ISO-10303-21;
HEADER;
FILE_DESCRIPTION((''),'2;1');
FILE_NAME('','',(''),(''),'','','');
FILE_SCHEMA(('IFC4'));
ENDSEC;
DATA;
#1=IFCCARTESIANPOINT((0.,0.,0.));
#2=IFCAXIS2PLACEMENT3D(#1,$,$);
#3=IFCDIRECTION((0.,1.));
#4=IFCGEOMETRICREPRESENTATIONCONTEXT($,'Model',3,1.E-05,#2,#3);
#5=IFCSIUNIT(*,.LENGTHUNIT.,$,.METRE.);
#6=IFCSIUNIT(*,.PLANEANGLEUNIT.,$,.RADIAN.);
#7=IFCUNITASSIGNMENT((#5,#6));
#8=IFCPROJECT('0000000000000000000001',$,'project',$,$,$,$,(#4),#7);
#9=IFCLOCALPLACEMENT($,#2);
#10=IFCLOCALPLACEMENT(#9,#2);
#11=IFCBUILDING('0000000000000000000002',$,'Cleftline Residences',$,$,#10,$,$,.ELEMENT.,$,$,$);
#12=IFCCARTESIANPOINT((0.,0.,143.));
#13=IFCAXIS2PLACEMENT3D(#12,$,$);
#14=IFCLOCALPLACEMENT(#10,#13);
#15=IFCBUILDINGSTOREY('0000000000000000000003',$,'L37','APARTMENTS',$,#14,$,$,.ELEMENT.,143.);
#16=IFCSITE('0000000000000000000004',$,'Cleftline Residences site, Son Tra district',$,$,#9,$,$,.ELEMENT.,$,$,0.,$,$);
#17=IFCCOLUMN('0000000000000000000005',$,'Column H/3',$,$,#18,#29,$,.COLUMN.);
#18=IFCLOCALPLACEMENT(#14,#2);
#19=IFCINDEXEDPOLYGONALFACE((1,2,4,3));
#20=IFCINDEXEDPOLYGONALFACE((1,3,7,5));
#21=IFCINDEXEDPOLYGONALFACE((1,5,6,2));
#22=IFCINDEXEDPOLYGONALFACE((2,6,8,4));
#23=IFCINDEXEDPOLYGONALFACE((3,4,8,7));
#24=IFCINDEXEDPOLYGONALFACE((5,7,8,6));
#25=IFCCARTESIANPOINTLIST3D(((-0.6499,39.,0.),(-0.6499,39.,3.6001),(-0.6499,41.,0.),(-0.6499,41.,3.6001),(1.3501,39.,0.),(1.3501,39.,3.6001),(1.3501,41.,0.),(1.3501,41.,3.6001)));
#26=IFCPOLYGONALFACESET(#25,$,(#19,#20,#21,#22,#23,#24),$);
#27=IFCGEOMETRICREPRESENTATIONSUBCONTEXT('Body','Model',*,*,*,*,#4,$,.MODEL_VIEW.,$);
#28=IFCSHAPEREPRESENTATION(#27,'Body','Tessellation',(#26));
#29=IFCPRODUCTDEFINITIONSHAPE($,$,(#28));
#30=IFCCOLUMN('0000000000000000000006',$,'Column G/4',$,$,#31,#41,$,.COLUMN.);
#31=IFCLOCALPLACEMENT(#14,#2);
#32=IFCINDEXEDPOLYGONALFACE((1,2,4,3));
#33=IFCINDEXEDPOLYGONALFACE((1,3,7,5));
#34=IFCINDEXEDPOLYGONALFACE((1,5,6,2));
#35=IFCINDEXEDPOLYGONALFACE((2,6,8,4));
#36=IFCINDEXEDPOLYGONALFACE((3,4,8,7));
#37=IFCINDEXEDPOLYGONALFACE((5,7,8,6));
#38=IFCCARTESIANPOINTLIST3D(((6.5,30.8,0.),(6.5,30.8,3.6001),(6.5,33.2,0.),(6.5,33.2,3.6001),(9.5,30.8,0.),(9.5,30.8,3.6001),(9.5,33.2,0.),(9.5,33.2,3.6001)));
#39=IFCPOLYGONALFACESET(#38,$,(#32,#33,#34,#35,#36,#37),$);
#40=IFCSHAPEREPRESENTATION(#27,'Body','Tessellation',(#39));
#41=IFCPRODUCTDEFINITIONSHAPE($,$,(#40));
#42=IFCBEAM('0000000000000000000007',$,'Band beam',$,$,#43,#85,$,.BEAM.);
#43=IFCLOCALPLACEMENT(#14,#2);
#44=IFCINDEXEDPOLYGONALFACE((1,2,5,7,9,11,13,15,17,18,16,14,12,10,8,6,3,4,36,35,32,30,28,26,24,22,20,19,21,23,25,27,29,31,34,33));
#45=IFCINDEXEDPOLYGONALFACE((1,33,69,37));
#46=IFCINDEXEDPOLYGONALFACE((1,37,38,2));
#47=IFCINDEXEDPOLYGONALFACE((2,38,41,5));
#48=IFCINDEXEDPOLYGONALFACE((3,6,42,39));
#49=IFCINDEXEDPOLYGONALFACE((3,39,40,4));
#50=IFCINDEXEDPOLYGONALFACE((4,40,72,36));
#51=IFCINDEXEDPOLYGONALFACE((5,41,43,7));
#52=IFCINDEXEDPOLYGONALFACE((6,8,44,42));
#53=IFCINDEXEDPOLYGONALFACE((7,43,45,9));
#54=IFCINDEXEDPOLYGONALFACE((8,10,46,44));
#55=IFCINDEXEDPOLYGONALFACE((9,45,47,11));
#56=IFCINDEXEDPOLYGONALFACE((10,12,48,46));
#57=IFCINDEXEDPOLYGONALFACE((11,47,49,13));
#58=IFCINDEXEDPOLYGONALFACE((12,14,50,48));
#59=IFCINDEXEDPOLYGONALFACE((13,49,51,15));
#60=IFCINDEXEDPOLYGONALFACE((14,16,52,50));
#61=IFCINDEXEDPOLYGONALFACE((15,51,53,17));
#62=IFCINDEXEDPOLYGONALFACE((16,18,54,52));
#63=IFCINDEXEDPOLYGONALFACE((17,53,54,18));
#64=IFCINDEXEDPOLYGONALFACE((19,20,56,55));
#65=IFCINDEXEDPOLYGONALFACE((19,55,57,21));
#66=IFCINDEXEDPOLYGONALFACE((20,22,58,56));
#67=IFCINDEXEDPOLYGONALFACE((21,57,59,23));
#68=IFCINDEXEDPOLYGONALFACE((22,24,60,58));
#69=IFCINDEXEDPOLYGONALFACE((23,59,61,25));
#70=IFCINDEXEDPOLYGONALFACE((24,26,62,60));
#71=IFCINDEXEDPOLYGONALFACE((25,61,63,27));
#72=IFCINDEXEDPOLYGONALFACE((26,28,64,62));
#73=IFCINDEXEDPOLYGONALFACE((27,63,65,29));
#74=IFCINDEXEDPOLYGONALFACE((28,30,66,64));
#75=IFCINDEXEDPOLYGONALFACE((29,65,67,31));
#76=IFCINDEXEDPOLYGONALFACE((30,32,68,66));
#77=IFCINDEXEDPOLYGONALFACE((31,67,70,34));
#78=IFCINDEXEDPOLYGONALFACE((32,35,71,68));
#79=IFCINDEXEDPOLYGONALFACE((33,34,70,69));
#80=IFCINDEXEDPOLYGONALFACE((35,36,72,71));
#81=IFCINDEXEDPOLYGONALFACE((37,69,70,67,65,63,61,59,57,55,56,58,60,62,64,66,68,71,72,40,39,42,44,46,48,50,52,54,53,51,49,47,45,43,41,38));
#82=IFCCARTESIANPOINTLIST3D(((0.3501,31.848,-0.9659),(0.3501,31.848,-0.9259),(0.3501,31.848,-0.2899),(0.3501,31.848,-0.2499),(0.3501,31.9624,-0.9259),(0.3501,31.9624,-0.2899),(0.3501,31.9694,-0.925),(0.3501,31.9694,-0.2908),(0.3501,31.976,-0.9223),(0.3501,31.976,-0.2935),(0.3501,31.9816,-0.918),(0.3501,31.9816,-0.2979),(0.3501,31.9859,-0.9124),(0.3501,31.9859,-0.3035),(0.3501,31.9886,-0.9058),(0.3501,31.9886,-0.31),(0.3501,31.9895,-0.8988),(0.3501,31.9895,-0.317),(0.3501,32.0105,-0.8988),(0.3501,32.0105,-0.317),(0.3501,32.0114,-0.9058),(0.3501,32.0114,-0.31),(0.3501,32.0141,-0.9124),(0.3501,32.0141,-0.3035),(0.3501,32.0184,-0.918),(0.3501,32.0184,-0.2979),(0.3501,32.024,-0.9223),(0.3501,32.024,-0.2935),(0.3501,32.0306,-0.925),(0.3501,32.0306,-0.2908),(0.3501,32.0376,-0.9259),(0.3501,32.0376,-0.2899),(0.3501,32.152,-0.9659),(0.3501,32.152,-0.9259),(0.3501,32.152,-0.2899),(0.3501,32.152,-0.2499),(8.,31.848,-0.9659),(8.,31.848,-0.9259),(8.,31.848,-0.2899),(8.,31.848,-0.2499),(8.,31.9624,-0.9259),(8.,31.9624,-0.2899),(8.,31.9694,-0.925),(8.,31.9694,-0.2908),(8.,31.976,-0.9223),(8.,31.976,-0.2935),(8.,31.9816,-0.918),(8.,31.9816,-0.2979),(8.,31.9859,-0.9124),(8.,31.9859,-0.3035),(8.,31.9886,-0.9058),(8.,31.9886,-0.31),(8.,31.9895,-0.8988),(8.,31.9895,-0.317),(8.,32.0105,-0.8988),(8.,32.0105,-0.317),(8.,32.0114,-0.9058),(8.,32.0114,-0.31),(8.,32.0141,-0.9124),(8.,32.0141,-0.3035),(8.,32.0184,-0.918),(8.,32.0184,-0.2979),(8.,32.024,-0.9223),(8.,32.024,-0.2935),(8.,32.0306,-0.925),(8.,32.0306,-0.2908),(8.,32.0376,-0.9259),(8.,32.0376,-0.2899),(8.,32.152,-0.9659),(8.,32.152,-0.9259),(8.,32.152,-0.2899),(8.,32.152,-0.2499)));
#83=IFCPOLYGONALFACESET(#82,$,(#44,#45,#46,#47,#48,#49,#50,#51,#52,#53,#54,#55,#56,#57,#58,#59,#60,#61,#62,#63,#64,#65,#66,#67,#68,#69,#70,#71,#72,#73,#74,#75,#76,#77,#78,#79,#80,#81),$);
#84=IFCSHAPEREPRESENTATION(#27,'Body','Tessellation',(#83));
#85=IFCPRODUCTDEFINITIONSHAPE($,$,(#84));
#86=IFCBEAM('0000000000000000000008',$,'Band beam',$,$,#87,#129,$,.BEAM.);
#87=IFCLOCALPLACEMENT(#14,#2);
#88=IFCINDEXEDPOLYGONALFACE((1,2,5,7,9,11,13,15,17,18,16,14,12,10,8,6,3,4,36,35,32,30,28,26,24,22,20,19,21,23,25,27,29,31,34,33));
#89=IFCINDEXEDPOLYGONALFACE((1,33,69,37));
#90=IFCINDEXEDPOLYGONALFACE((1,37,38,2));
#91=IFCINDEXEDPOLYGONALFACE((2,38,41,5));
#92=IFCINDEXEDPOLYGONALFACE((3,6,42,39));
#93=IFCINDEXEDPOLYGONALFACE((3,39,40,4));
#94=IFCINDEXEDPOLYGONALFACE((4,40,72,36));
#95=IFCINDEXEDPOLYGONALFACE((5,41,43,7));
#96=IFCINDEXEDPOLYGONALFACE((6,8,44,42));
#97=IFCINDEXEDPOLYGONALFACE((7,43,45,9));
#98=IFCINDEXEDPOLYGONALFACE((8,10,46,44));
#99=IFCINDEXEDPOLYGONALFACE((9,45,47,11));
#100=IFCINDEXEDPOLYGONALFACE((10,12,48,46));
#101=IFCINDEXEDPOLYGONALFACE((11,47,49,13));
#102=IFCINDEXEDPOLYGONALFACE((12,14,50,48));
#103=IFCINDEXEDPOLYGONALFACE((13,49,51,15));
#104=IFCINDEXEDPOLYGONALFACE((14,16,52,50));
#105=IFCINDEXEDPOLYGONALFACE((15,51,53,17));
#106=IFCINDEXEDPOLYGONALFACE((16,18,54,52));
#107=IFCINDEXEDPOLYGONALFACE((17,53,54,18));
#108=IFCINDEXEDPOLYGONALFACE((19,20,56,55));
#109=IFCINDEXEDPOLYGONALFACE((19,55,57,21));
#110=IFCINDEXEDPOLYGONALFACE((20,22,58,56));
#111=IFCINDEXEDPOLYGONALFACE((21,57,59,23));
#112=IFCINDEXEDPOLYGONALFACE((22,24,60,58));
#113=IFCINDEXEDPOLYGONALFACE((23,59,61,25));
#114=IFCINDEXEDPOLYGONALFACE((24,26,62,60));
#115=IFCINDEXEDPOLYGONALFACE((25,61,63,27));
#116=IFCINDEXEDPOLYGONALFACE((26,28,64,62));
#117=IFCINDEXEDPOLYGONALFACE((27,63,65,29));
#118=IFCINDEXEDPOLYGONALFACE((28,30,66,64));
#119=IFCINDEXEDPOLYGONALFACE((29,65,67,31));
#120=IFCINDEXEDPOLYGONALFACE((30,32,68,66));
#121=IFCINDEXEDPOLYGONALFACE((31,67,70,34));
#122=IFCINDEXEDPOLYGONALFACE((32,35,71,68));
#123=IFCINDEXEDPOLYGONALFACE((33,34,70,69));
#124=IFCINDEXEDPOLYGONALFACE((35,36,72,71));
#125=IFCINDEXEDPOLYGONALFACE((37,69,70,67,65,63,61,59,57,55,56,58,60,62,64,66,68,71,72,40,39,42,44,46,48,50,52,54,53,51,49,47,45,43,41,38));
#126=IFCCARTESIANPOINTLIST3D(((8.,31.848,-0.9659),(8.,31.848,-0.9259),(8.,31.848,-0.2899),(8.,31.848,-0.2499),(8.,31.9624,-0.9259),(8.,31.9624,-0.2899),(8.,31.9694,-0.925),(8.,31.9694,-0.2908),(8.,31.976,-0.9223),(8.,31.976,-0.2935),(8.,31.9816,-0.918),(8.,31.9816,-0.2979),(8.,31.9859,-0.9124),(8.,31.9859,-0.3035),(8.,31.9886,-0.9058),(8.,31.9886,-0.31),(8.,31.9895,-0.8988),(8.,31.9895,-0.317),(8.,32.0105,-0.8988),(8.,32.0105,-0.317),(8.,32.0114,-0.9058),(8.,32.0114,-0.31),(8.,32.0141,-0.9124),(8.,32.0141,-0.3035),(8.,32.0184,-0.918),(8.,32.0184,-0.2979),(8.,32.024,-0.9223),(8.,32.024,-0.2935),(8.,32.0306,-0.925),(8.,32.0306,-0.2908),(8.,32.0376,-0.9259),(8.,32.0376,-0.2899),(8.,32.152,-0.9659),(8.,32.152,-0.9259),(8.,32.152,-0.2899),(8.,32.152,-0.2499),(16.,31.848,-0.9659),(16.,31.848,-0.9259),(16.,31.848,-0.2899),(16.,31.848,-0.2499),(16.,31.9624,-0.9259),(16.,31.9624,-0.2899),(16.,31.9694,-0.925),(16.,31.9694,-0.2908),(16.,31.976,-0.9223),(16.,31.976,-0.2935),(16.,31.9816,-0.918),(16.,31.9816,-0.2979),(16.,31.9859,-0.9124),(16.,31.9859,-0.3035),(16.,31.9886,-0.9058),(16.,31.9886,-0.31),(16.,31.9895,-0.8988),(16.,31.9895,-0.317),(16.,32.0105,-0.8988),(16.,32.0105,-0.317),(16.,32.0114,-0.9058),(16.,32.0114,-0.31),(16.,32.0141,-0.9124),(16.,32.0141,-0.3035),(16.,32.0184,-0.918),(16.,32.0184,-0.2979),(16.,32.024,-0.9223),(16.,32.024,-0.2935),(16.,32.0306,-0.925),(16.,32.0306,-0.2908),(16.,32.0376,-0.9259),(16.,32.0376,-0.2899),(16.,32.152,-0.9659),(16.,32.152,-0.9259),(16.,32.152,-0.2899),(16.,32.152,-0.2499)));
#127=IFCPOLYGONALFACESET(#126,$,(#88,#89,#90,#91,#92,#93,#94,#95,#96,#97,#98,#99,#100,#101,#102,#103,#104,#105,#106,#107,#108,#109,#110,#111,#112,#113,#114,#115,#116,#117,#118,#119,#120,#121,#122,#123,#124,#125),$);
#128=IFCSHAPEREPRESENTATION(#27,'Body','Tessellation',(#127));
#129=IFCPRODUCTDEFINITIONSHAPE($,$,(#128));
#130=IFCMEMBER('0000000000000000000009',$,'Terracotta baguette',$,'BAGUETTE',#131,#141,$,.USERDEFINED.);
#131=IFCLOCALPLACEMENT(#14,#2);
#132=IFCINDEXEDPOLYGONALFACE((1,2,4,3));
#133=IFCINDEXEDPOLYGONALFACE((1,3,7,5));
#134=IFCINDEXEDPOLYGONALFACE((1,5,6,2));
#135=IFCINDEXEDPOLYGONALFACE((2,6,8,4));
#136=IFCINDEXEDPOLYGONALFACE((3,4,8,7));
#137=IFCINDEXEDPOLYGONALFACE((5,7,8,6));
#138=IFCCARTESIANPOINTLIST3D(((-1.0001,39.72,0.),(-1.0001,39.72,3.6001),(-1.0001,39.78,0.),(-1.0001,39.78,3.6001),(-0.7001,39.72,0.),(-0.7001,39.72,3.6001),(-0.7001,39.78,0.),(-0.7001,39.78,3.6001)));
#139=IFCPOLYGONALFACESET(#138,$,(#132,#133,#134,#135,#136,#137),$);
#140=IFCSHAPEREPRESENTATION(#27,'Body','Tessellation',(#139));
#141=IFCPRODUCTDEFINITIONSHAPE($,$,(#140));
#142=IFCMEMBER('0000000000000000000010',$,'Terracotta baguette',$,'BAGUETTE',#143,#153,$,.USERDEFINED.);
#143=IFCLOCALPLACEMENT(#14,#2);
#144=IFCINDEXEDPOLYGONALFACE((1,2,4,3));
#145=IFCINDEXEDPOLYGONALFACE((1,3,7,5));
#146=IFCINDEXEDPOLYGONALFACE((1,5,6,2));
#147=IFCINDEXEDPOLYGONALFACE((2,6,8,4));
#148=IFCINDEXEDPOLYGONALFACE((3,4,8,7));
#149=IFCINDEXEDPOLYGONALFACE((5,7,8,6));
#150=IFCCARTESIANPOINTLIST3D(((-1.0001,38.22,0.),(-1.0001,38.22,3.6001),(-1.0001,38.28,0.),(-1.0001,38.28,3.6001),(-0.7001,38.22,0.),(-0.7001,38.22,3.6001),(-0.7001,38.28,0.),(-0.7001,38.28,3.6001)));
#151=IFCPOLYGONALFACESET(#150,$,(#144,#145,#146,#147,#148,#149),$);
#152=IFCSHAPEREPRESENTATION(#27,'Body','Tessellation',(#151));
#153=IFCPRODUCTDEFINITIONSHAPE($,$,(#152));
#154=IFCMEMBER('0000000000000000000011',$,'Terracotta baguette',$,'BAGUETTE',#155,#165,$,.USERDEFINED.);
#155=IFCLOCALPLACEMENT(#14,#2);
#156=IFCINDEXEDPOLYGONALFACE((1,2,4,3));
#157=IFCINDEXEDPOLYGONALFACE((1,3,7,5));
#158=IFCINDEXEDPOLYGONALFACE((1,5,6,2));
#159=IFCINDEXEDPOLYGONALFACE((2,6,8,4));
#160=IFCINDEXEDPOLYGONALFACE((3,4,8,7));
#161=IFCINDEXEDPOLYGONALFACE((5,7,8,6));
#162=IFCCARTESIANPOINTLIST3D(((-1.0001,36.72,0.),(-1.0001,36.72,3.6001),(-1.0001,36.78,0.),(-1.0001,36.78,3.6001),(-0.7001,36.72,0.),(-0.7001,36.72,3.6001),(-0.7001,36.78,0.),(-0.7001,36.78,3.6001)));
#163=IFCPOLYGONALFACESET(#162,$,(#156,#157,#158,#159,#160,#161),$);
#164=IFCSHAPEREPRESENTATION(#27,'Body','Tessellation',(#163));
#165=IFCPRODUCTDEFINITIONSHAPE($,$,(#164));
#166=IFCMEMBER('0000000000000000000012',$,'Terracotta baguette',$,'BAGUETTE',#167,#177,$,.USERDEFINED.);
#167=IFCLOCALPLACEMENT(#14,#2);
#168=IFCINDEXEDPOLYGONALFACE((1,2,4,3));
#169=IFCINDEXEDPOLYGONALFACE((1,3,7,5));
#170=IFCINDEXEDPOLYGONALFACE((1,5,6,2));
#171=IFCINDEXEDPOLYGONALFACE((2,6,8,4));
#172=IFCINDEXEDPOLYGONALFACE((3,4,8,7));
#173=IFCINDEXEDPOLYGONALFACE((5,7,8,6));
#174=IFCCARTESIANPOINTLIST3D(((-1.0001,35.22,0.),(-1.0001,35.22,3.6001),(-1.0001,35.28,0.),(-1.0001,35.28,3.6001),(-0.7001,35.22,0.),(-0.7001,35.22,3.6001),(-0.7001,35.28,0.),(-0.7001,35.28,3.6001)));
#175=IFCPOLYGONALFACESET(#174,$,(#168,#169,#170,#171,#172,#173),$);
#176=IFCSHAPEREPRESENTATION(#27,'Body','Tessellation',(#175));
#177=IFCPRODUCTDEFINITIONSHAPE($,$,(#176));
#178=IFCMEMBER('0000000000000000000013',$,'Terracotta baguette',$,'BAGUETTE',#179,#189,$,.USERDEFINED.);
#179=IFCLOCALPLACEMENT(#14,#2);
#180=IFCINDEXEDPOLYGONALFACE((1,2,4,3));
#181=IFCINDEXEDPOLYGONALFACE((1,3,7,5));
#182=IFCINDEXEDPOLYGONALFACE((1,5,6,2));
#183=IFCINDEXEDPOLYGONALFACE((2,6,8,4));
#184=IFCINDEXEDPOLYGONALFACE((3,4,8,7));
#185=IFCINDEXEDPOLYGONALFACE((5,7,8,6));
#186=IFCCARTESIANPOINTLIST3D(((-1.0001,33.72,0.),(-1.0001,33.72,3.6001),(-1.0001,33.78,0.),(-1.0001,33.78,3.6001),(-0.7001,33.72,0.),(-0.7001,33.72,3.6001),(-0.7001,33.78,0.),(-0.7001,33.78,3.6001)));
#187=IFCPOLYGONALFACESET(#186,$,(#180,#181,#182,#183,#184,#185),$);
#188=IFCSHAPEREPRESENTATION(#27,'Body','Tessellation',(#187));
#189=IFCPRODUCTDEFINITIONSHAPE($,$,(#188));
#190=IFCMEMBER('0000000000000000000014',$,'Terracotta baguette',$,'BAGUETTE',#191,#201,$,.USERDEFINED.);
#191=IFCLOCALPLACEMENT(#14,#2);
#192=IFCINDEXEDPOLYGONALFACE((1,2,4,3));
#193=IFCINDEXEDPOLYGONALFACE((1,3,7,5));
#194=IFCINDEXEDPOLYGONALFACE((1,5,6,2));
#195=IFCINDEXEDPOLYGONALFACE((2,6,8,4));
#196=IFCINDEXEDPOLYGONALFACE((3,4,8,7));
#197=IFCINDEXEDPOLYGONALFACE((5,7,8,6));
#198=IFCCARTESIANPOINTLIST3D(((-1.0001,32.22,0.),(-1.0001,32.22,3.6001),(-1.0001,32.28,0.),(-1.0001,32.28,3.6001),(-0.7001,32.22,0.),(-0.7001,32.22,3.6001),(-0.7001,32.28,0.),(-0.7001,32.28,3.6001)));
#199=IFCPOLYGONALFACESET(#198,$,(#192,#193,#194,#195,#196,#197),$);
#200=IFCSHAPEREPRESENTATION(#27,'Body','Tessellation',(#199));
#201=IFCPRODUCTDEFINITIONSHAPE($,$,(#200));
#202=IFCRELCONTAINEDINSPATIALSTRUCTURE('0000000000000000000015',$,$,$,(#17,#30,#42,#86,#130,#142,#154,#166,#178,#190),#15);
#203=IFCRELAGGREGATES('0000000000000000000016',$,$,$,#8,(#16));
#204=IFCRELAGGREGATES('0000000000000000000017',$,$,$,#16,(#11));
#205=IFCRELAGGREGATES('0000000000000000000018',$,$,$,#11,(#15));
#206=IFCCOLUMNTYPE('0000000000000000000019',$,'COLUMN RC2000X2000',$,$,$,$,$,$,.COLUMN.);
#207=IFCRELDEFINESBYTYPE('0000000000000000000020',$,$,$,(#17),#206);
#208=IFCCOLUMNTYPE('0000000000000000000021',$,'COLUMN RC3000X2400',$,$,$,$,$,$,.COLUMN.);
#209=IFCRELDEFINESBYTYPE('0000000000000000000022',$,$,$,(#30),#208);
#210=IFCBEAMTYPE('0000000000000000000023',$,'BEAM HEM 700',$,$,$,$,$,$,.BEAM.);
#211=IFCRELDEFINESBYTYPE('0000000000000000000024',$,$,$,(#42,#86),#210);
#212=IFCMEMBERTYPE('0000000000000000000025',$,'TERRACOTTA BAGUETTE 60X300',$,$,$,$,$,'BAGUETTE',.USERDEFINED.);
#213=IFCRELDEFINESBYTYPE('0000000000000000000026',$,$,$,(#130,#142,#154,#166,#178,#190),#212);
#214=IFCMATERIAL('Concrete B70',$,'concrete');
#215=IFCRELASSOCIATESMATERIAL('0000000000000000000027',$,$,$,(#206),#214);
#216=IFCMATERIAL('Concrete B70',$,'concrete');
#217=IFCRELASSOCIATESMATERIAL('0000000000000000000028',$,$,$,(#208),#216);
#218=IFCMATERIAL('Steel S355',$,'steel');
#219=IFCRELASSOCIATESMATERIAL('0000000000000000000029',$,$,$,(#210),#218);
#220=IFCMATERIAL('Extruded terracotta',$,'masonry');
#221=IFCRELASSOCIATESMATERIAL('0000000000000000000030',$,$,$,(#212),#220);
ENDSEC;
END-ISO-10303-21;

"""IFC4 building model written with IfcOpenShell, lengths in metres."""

from ifc_helpers import new_model, si_unit, direction, frame, origin, origin_2d, place, context, subcontext, project, spatial, rectangle, i_section, extrude, material, material_profile, profile_set, type_object, element, save


model = new_model("IFC4")

# Units and contexts
model_context = context("Model", 3, precision=1e-05, world=origin(), true_north=direction((0.0, 1.0)))
body_context = subcontext(model_context, "Body", "Model", "MODEL_VIEW")
ifc_project = project(units=[si_unit("LENGTHUNIT", "METRE"), si_unit("PLANEANGLEUNIT", "RADIAN")], contexts=[model_context])

# Site, building, storey
site_placement = place(None, origin())
site = spatial("IfcSite", under=ifc_project, at=site_placement, Name="Cleftline Residences site, Son Tra district", CompositionType="ELEMENT", RefElevation=0.0)
building_placement = place(site_placement, origin())
building = spatial("IfcBuilding", under=site, at=building_placement, Name="Cleftline Residences", CompositionType="ELEMENT")
storey_placement = place(building_placement, frame((0.0, 0.0, 143.0)))
storey = spatial("IfcBuildingStorey", under=building, at=storey_placement, Name="L37", Description="APARTMENTS", CompositionType="ELEMENT", Elevation=143.0)

# Columns
ifc_material_1 = material(Name="Concrete B70", Category="concrete")
ifc_material_profile_1 = material_profile(ifc_material_1, rectangle(XDim=2.0, YDim=2.0, at=origin_2d()))
ifc_profile_set_1 = profile_set([ifc_material_profile_1], Name="Concrete B70")
column_type_1 = type_object("IfcColumnType", Name="COLUMN RC2000X2000", PredefinedType="COLUMN", material=ifc_profile_set_1)
column_1_placement = place(storey_placement, frame((0.3501, 40.0, 0.0), z_axis=(0.0, 0.0, 1.0), x_axis=(1.0, 0.0, 0.0)))
element("IfcColumn", 1, at=column_1_placement, inside=storey, type_object=column_type_1, Name="Column H/3", PredefinedType="COLUMN", context=body_context, shape_type="SweptSolid", body=[
    extrude(rectangle(XDim=2.0, YDim=2.0, at=origin_2d()), origin(), (0.0, 0.0, 1.0), 3.6001),
])
ifc_material_2 = material(Name="Concrete B70", Category="concrete")
ifc_material_profile_2 = material_profile(ifc_material_2, rectangle(XDim=3.0, YDim=2.3999, at=origin_2d()))
ifc_profile_set_2 = profile_set([ifc_material_profile_2], Name="Concrete B70")
column_type_2 = type_object("IfcColumnType", Name="COLUMN RC3000X2400", PredefinedType="COLUMN", material=ifc_profile_set_2)
column_2_placement = place(storey_placement, frame((8.0, 32.0, 0.0), z_axis=(0.0, 0.0, 1.0), x_axis=(1.0, 0.0, 0.0)))
element("IfcColumn", 2, at=column_2_placement, inside=storey, type_object=column_type_2, Name="Column G/4", PredefinedType="COLUMN", context=body_context, shape_type="SweptSolid", body=[
    extrude(rectangle(XDim=3.0, YDim=2.3999, at=origin_2d()), origin(), (0.0, 0.0, 1.0), 3.6001),
])

# Beams
ifc_material_3 = material(Name="Steel S355", Category="steel")
ifc_material_profile_3 = material_profile(ifc_material_3, i_section(OverallWidth=0.304, OverallDepth=0.7161, WebThickness=0.021, FlangeThickness=0.04, FilletRadius=0.0271, at=origin_2d()))
ifc_profile_set_3 = profile_set([ifc_material_profile_3], Name="Steel S355")
beam_type = type_object("IfcBeamType", Name="BEAM HEM 700", PredefinedType="BEAM", material=ifc_profile_set_3)
beam_1_placement = place(storey_placement, frame((0.3501, 32.0, -0.6079), z_axis=(1.0, 0.0, 0.0), x_axis=(0.0, 1.0, 0.0)))
element("IfcBeam", 3, at=beam_1_placement, inside=storey, type_object=beam_type, Name="Band beam", PredefinedType="BEAM", context=body_context, shape_type="SweptSolid", body=[
    extrude(i_section(OverallWidth=0.304, OverallDepth=0.7161, WebThickness=0.021, FlangeThickness=0.04, FilletRadius=0.0271, at=origin_2d()), origin(), (0.0, 0.0, 1.0), 7.6499),
])
beam_2_placement = place(storey_placement, frame((8.0, 32.0, -0.6079), z_axis=(1.0, 0.0, 0.0), x_axis=(0.0, 1.0, 0.0)))
element("IfcBeam", 4, at=beam_2_placement, inside=storey, type_object=beam_type, Name="Band beam", PredefinedType="BEAM", context=body_context, shape_type="SweptSolid", body=[
    extrude(i_section(OverallWidth=0.304, OverallDepth=0.7161, WebThickness=0.021, FlangeThickness=0.04, FilletRadius=0.0271, at=origin_2d()), origin(), (0.0, 0.0, 1.0), 8.0),
])

# Members
ifc_material_4 = material(Name="Extruded terracotta", Category="masonry")
ifc_material_profile_4 = material_profile(ifc_material_4, rectangle(XDim=0.0601, YDim=0.3, at=origin_2d()))
ifc_profile_set_4 = profile_set([ifc_material_profile_4], Name="Extruded terracotta")
member_type = type_object("IfcMemberType", Name="TERRACOTTA BAGUETTE 60X300", ElementType="BAGUETTE", PredefinedType="USERDEFINED", material=ifc_profile_set_4)
for number, where, z_axis, x_axis, name in (
    (5, (-0.8501, 39.75, 0.0), (0.0, 0.0, 1.0), (0.0, 1.0, 0.0), "Terracotta baguette"),
    (6, (-0.8501, 38.25, 0.0), (0.0, 0.0, 1.0), (0.0, 1.0, 0.0), "Terracotta baguette"),
    (7, (-0.8501, 36.75, 0.0), (0.0, 0.0, 1.0), (0.0, 1.0, 0.0), "Terracotta baguette"),
    (8, (-0.8501, 35.25, 0.0), (0.0, 0.0, 1.0), (0.0, 1.0, 0.0), "Terracotta baguette"),
    (9, (-0.8501, 33.75, 0.0), (0.0, 0.0, 1.0), (0.0, 1.0, 0.0), "Terracotta baguette"),
    (10, (-0.8501, 32.25, 0.0), (0.0, 0.0, 1.0), (0.0, 1.0, 0.0), "Terracotta baguette"),
):
    element("IfcMember", number, at=place(storey_placement, frame(where, z_axis=z_axis, x_axis=x_axis)), inside=storey, type_object=member_type, Name=name, ObjectType="BAGUETTE", PredefinedType="USERDEFINED", context=body_context, shape_type="SweptSolid", body=[
        extrude(rectangle(XDim=0.0601, YDim=0.3, at=origin_2d()), origin(), (0.0, 0.0, 1.0), 3.6001),
    ])

save(model, "model.ifc")
